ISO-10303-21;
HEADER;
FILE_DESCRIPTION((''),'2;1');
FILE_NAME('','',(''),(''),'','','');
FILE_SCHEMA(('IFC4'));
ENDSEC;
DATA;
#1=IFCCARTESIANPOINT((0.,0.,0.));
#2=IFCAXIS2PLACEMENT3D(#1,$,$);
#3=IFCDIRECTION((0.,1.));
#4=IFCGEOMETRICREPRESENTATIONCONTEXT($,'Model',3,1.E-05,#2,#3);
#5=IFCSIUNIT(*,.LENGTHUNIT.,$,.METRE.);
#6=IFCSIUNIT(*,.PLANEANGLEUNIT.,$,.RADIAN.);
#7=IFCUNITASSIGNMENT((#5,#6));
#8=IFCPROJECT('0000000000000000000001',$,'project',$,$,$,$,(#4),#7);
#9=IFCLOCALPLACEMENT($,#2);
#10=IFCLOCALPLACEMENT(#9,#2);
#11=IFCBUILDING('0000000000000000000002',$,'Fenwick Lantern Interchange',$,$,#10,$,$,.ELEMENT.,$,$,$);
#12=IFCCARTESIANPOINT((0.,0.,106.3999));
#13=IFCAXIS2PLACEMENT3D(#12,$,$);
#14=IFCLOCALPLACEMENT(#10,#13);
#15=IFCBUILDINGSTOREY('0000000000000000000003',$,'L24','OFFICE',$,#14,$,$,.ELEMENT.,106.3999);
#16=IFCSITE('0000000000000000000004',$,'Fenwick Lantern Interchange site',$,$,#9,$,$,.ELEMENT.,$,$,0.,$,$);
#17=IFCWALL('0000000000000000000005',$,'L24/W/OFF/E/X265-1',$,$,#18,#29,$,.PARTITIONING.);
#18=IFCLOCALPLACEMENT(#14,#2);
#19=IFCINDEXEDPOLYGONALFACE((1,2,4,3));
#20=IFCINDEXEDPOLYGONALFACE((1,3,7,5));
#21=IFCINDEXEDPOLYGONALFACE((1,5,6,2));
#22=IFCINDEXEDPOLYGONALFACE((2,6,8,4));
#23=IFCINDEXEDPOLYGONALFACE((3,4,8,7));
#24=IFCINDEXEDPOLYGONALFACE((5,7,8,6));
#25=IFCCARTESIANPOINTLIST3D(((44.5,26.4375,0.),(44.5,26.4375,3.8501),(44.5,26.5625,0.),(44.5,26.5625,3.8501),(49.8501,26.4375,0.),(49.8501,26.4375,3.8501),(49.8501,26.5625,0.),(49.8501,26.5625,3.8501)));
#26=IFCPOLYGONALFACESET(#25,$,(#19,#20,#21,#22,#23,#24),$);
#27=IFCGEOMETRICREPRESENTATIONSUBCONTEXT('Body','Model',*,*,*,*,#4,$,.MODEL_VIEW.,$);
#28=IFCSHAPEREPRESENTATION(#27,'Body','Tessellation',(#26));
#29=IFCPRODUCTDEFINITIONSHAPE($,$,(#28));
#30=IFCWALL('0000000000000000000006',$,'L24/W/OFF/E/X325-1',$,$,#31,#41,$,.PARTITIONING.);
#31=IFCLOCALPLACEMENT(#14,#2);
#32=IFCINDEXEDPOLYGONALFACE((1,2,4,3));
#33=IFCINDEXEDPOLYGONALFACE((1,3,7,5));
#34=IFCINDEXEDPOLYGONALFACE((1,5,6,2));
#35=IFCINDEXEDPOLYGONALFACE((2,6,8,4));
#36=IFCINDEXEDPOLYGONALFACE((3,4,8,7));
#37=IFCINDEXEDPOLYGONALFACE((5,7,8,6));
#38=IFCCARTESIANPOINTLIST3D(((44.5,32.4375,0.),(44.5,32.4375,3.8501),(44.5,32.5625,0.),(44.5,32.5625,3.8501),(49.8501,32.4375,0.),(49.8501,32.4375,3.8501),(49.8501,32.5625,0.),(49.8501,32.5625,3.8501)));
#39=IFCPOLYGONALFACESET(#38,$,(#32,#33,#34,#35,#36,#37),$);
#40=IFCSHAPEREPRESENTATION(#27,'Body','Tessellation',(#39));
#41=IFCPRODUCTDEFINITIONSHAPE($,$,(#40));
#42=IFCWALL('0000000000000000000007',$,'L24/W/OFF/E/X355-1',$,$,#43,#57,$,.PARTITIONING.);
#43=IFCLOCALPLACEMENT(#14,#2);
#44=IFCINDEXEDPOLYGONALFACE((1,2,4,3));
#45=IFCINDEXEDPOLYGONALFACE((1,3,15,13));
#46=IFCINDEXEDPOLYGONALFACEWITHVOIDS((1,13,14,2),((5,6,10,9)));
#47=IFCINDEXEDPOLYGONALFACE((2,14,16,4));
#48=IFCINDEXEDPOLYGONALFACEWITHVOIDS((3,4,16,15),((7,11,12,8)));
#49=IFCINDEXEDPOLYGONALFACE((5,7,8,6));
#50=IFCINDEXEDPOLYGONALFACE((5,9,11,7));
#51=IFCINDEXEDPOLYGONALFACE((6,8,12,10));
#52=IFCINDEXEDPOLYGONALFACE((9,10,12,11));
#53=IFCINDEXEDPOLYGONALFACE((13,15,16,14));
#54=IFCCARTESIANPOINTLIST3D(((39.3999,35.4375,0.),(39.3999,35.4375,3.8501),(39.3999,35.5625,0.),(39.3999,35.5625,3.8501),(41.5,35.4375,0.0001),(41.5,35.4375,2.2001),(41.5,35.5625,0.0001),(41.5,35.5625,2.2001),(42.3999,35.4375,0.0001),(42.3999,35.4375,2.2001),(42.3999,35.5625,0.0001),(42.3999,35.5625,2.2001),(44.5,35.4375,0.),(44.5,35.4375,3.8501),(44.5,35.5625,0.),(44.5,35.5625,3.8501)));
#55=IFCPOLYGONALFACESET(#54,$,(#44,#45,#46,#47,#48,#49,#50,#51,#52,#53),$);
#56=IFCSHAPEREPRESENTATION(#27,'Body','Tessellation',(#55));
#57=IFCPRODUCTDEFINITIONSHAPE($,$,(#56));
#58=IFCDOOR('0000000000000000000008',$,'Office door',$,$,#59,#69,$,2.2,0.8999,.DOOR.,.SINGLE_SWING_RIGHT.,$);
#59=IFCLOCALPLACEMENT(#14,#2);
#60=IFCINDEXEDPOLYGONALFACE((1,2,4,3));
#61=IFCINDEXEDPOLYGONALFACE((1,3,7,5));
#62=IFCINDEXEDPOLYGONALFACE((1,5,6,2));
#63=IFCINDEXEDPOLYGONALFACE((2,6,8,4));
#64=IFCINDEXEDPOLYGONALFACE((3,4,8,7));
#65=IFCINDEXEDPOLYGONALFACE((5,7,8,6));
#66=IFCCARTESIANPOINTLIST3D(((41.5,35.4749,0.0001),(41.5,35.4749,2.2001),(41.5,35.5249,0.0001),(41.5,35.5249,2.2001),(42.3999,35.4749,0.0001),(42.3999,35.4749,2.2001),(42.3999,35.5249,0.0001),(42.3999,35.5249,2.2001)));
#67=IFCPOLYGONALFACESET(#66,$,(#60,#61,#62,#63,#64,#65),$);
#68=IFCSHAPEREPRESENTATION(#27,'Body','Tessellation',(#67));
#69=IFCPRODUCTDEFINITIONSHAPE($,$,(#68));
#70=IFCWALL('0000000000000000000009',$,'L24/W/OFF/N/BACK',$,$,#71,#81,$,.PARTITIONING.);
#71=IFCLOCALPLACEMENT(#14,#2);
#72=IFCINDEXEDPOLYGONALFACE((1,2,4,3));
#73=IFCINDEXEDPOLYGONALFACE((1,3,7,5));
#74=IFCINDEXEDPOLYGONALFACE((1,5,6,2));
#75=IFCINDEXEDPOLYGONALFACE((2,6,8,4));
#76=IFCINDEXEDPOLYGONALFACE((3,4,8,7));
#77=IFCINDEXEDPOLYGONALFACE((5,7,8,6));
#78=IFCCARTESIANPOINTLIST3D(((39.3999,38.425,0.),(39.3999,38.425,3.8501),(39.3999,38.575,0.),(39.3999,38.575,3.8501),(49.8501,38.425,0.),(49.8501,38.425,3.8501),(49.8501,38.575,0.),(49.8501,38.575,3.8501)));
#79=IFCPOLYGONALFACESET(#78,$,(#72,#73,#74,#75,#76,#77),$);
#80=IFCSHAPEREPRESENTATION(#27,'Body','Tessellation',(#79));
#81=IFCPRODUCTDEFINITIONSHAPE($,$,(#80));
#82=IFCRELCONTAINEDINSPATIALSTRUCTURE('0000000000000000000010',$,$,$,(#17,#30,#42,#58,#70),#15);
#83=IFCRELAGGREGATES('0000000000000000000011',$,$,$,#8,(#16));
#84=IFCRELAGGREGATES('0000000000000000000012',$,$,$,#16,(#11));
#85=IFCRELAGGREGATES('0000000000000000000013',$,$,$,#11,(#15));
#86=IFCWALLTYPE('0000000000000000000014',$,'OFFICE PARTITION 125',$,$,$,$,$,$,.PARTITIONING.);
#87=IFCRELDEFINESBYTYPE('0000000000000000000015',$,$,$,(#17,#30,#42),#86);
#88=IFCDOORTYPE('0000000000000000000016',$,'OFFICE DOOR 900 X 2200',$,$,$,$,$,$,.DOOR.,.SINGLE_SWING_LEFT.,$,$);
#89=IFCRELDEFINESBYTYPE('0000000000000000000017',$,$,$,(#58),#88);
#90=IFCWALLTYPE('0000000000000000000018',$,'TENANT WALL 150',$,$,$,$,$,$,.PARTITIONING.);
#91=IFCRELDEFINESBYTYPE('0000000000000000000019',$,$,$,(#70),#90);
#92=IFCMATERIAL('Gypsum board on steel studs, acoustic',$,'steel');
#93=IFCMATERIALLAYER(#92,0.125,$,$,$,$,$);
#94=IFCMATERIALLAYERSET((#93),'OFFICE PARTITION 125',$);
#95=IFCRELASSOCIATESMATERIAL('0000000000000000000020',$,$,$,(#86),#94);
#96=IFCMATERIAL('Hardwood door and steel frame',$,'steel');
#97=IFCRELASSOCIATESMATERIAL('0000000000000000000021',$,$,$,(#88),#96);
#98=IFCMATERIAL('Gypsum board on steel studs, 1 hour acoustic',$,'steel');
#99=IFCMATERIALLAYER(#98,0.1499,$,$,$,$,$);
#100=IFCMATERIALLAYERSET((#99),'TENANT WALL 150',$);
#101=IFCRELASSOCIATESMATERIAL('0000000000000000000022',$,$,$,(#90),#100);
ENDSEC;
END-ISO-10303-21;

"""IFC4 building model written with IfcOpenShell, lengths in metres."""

from ifc_helpers import new_model, si_unit, direction, frame, frame_2d, origin, place, context, subcontext, project, spatial, rectangle, extrude, material, layer, layer_set, type_object, element, fill, save


model = new_model("IFC4")

# Units and contexts
model_context = context("Model", 3, precision=1e-05, world=origin(), true_north=direction((0.0, 1.0)))
body_context = subcontext(model_context, "Body", "Model", "MODEL_VIEW")
ifc_project = project(units=[si_unit("LENGTHUNIT", "METRE"), si_unit("PLANEANGLEUNIT", "RADIAN")], contexts=[model_context])

# Site, building, storey
site_placement = place(None, origin())
site = spatial("IfcSite", under=ifc_project, at=site_placement, Name="Fenwick Lantern Interchange site", CompositionType="ELEMENT", RefElevation=0.0)
building_placement = place(site_placement, origin())
building = spatial("IfcBuilding", under=site, at=building_placement, Name="Fenwick Lantern Interchange", CompositionType="ELEMENT")
storey_placement = place(building_placement, frame((0.0, 0.0, 106.3999)))
storey = spatial("IfcBuildingStorey", under=building, at=storey_placement, Name="L24", Description="OFFICE", CompositionType="ELEMENT", Elevation=106.3999)

# Walls
ifc_material_1 = material(Name="Gypsum board on steel studs, acoustic", Category="steel")
ifc_layer_1 = layer(ifc_material_1, 0.125)
ifc_layer_set_1 = layer_set([ifc_layer_1], Name="OFFICE PARTITION 125")
wall_type_1 = type_object("IfcWallType", Name="OFFICE PARTITION 125", PredefinedType="PARTITIONING", material=ifc_layer_set_1)
for number, where, z_axis, x_axis, name in (
    (1, (49.8501, 26.5, 0.0), (0.0, 0.0, 1.0), (-1.0, 0.0, 0.0), "L24/W/OFF/E/X265-1"),
    (2, (49.8501, 32.5, 0.0), (0.0, 0.0, 1.0), (-1.0, 0.0, 0.0), "L24/W/OFF/E/X325-1"),
):
    element("IfcWall", number, at=place(storey_placement, frame(where, z_axis=z_axis, x_axis=x_axis)), inside=storey, type_object=wall_type_1, Name=name, PredefinedType="PARTITIONING", context=body_context, shape_type="SweptSolid", body=[
        extrude(rectangle(XDim=5.3501, YDim=0.125, at=frame_2d((2.675, 0.0))), origin(), (0.0, 0.0, 1.0), 3.8501),
    ])

# Wall, opening, door
wall_1_placement = place(storey_placement, frame((44.5, 35.5, 0.0), z_axis=(0.0, 0.0, 1.0), x_axis=(-1.0, 0.0, 0.0)))
wall_1 = element("IfcWall", 3, at=wall_1_placement, inside=storey, type_object=wall_type_1, Name="L24/W/OFF/E/X355-1", PredefinedType="PARTITIONING", context=body_context, shape_type="SweptSolid", body=[
    extrude(rectangle(XDim=5.1001, YDim=0.125, at=frame_2d((2.55, 0.0))), origin(), (0.0, 0.0, 1.0), 3.8501),
])
opening_placement = place(wall_1_placement, frame((2.1001, 0.0, 0.0)))
opening = element("IfcOpeningElement", 4, at=opening_placement, cuts=wall_1, PredefinedType="OPENING", context=body_context, shape_type="SweptSolid", body=[
    extrude(rectangle(XDim=0.8999, YDim=2.2, at=frame_2d((0.45, 1.1001))), frame((0.0, 0.0725, 0.0), z_axis=(0.0, -1.0, 0.0), x_axis=(1.0, 0.0, 0.0)), (0.0, 0.0, 1.0), 0.145),
])
ifc_material_2 = material(Name="Hardwood door and steel frame", Category="steel")
door_type = type_object("IfcDoorType", Name="OFFICE DOOR 900 X 2200", OperationType="SINGLE_SWING_LEFT", PredefinedType="DOOR", material=ifc_material_2)
door_placement = place(opening_placement, frame((0.8999, 0.0, 0.0), z_axis=(0.0, 0.0, 1.0), x_axis=(-1.0, 0.0, 0.0)))
door = element("IfcDoor", 5, at=door_placement, inside=storey, type_object=door_type, Name="Office door", OperationType="SINGLE_SWING_RIGHT", OverallHeight=2.2, OverallWidth=0.8999, PredefinedType="DOOR", context=body_context, shape_type="SweptSolid", body=[
    extrude(rectangle(XDim=0.8999, YDim=2.2, at=frame_2d((0.45, 1.1001))), frame((0.0, 0.0249, 0.0), z_axis=(0.0, -1.0, 0.0), x_axis=(1.0, 0.0, 0.0)), (0.0, 0.0, 1.0), 0.05),
])
fill(opening, door)

# Wall
ifc_material_3 = material(Name="Gypsum board on steel studs, 1 hour acoustic", Category="steel")
ifc_layer_2 = layer(ifc_material_3, 0.1499)
ifc_layer_set_2 = layer_set([ifc_layer_2], Name="TENANT WALL 150")
wall_type_2 = type_object("IfcWallType", Name="TENANT WALL 150", PredefinedType="PARTITIONING", material=ifc_layer_set_2)
wall_2_placement = place(storey_placement, frame((49.8501, 38.5, 0.0), z_axis=(0.0, 0.0, 1.0), x_axis=(-1.0, 0.0, 0.0)))
element("IfcWall", 6, at=wall_2_placement, inside=storey, type_object=wall_type_2, Name="L24/W/OFF/N/BACK", PredefinedType="PARTITIONING", context=body_context, shape_type="SweptSolid", body=[
    extrude(rectangle(XDim=10.4502, YDim=0.1499, at=frame_2d((5.2251, 0.0))), origin(), (0.0, 0.0, 1.0), 3.8501),
])

save(model, "model.ifc")
